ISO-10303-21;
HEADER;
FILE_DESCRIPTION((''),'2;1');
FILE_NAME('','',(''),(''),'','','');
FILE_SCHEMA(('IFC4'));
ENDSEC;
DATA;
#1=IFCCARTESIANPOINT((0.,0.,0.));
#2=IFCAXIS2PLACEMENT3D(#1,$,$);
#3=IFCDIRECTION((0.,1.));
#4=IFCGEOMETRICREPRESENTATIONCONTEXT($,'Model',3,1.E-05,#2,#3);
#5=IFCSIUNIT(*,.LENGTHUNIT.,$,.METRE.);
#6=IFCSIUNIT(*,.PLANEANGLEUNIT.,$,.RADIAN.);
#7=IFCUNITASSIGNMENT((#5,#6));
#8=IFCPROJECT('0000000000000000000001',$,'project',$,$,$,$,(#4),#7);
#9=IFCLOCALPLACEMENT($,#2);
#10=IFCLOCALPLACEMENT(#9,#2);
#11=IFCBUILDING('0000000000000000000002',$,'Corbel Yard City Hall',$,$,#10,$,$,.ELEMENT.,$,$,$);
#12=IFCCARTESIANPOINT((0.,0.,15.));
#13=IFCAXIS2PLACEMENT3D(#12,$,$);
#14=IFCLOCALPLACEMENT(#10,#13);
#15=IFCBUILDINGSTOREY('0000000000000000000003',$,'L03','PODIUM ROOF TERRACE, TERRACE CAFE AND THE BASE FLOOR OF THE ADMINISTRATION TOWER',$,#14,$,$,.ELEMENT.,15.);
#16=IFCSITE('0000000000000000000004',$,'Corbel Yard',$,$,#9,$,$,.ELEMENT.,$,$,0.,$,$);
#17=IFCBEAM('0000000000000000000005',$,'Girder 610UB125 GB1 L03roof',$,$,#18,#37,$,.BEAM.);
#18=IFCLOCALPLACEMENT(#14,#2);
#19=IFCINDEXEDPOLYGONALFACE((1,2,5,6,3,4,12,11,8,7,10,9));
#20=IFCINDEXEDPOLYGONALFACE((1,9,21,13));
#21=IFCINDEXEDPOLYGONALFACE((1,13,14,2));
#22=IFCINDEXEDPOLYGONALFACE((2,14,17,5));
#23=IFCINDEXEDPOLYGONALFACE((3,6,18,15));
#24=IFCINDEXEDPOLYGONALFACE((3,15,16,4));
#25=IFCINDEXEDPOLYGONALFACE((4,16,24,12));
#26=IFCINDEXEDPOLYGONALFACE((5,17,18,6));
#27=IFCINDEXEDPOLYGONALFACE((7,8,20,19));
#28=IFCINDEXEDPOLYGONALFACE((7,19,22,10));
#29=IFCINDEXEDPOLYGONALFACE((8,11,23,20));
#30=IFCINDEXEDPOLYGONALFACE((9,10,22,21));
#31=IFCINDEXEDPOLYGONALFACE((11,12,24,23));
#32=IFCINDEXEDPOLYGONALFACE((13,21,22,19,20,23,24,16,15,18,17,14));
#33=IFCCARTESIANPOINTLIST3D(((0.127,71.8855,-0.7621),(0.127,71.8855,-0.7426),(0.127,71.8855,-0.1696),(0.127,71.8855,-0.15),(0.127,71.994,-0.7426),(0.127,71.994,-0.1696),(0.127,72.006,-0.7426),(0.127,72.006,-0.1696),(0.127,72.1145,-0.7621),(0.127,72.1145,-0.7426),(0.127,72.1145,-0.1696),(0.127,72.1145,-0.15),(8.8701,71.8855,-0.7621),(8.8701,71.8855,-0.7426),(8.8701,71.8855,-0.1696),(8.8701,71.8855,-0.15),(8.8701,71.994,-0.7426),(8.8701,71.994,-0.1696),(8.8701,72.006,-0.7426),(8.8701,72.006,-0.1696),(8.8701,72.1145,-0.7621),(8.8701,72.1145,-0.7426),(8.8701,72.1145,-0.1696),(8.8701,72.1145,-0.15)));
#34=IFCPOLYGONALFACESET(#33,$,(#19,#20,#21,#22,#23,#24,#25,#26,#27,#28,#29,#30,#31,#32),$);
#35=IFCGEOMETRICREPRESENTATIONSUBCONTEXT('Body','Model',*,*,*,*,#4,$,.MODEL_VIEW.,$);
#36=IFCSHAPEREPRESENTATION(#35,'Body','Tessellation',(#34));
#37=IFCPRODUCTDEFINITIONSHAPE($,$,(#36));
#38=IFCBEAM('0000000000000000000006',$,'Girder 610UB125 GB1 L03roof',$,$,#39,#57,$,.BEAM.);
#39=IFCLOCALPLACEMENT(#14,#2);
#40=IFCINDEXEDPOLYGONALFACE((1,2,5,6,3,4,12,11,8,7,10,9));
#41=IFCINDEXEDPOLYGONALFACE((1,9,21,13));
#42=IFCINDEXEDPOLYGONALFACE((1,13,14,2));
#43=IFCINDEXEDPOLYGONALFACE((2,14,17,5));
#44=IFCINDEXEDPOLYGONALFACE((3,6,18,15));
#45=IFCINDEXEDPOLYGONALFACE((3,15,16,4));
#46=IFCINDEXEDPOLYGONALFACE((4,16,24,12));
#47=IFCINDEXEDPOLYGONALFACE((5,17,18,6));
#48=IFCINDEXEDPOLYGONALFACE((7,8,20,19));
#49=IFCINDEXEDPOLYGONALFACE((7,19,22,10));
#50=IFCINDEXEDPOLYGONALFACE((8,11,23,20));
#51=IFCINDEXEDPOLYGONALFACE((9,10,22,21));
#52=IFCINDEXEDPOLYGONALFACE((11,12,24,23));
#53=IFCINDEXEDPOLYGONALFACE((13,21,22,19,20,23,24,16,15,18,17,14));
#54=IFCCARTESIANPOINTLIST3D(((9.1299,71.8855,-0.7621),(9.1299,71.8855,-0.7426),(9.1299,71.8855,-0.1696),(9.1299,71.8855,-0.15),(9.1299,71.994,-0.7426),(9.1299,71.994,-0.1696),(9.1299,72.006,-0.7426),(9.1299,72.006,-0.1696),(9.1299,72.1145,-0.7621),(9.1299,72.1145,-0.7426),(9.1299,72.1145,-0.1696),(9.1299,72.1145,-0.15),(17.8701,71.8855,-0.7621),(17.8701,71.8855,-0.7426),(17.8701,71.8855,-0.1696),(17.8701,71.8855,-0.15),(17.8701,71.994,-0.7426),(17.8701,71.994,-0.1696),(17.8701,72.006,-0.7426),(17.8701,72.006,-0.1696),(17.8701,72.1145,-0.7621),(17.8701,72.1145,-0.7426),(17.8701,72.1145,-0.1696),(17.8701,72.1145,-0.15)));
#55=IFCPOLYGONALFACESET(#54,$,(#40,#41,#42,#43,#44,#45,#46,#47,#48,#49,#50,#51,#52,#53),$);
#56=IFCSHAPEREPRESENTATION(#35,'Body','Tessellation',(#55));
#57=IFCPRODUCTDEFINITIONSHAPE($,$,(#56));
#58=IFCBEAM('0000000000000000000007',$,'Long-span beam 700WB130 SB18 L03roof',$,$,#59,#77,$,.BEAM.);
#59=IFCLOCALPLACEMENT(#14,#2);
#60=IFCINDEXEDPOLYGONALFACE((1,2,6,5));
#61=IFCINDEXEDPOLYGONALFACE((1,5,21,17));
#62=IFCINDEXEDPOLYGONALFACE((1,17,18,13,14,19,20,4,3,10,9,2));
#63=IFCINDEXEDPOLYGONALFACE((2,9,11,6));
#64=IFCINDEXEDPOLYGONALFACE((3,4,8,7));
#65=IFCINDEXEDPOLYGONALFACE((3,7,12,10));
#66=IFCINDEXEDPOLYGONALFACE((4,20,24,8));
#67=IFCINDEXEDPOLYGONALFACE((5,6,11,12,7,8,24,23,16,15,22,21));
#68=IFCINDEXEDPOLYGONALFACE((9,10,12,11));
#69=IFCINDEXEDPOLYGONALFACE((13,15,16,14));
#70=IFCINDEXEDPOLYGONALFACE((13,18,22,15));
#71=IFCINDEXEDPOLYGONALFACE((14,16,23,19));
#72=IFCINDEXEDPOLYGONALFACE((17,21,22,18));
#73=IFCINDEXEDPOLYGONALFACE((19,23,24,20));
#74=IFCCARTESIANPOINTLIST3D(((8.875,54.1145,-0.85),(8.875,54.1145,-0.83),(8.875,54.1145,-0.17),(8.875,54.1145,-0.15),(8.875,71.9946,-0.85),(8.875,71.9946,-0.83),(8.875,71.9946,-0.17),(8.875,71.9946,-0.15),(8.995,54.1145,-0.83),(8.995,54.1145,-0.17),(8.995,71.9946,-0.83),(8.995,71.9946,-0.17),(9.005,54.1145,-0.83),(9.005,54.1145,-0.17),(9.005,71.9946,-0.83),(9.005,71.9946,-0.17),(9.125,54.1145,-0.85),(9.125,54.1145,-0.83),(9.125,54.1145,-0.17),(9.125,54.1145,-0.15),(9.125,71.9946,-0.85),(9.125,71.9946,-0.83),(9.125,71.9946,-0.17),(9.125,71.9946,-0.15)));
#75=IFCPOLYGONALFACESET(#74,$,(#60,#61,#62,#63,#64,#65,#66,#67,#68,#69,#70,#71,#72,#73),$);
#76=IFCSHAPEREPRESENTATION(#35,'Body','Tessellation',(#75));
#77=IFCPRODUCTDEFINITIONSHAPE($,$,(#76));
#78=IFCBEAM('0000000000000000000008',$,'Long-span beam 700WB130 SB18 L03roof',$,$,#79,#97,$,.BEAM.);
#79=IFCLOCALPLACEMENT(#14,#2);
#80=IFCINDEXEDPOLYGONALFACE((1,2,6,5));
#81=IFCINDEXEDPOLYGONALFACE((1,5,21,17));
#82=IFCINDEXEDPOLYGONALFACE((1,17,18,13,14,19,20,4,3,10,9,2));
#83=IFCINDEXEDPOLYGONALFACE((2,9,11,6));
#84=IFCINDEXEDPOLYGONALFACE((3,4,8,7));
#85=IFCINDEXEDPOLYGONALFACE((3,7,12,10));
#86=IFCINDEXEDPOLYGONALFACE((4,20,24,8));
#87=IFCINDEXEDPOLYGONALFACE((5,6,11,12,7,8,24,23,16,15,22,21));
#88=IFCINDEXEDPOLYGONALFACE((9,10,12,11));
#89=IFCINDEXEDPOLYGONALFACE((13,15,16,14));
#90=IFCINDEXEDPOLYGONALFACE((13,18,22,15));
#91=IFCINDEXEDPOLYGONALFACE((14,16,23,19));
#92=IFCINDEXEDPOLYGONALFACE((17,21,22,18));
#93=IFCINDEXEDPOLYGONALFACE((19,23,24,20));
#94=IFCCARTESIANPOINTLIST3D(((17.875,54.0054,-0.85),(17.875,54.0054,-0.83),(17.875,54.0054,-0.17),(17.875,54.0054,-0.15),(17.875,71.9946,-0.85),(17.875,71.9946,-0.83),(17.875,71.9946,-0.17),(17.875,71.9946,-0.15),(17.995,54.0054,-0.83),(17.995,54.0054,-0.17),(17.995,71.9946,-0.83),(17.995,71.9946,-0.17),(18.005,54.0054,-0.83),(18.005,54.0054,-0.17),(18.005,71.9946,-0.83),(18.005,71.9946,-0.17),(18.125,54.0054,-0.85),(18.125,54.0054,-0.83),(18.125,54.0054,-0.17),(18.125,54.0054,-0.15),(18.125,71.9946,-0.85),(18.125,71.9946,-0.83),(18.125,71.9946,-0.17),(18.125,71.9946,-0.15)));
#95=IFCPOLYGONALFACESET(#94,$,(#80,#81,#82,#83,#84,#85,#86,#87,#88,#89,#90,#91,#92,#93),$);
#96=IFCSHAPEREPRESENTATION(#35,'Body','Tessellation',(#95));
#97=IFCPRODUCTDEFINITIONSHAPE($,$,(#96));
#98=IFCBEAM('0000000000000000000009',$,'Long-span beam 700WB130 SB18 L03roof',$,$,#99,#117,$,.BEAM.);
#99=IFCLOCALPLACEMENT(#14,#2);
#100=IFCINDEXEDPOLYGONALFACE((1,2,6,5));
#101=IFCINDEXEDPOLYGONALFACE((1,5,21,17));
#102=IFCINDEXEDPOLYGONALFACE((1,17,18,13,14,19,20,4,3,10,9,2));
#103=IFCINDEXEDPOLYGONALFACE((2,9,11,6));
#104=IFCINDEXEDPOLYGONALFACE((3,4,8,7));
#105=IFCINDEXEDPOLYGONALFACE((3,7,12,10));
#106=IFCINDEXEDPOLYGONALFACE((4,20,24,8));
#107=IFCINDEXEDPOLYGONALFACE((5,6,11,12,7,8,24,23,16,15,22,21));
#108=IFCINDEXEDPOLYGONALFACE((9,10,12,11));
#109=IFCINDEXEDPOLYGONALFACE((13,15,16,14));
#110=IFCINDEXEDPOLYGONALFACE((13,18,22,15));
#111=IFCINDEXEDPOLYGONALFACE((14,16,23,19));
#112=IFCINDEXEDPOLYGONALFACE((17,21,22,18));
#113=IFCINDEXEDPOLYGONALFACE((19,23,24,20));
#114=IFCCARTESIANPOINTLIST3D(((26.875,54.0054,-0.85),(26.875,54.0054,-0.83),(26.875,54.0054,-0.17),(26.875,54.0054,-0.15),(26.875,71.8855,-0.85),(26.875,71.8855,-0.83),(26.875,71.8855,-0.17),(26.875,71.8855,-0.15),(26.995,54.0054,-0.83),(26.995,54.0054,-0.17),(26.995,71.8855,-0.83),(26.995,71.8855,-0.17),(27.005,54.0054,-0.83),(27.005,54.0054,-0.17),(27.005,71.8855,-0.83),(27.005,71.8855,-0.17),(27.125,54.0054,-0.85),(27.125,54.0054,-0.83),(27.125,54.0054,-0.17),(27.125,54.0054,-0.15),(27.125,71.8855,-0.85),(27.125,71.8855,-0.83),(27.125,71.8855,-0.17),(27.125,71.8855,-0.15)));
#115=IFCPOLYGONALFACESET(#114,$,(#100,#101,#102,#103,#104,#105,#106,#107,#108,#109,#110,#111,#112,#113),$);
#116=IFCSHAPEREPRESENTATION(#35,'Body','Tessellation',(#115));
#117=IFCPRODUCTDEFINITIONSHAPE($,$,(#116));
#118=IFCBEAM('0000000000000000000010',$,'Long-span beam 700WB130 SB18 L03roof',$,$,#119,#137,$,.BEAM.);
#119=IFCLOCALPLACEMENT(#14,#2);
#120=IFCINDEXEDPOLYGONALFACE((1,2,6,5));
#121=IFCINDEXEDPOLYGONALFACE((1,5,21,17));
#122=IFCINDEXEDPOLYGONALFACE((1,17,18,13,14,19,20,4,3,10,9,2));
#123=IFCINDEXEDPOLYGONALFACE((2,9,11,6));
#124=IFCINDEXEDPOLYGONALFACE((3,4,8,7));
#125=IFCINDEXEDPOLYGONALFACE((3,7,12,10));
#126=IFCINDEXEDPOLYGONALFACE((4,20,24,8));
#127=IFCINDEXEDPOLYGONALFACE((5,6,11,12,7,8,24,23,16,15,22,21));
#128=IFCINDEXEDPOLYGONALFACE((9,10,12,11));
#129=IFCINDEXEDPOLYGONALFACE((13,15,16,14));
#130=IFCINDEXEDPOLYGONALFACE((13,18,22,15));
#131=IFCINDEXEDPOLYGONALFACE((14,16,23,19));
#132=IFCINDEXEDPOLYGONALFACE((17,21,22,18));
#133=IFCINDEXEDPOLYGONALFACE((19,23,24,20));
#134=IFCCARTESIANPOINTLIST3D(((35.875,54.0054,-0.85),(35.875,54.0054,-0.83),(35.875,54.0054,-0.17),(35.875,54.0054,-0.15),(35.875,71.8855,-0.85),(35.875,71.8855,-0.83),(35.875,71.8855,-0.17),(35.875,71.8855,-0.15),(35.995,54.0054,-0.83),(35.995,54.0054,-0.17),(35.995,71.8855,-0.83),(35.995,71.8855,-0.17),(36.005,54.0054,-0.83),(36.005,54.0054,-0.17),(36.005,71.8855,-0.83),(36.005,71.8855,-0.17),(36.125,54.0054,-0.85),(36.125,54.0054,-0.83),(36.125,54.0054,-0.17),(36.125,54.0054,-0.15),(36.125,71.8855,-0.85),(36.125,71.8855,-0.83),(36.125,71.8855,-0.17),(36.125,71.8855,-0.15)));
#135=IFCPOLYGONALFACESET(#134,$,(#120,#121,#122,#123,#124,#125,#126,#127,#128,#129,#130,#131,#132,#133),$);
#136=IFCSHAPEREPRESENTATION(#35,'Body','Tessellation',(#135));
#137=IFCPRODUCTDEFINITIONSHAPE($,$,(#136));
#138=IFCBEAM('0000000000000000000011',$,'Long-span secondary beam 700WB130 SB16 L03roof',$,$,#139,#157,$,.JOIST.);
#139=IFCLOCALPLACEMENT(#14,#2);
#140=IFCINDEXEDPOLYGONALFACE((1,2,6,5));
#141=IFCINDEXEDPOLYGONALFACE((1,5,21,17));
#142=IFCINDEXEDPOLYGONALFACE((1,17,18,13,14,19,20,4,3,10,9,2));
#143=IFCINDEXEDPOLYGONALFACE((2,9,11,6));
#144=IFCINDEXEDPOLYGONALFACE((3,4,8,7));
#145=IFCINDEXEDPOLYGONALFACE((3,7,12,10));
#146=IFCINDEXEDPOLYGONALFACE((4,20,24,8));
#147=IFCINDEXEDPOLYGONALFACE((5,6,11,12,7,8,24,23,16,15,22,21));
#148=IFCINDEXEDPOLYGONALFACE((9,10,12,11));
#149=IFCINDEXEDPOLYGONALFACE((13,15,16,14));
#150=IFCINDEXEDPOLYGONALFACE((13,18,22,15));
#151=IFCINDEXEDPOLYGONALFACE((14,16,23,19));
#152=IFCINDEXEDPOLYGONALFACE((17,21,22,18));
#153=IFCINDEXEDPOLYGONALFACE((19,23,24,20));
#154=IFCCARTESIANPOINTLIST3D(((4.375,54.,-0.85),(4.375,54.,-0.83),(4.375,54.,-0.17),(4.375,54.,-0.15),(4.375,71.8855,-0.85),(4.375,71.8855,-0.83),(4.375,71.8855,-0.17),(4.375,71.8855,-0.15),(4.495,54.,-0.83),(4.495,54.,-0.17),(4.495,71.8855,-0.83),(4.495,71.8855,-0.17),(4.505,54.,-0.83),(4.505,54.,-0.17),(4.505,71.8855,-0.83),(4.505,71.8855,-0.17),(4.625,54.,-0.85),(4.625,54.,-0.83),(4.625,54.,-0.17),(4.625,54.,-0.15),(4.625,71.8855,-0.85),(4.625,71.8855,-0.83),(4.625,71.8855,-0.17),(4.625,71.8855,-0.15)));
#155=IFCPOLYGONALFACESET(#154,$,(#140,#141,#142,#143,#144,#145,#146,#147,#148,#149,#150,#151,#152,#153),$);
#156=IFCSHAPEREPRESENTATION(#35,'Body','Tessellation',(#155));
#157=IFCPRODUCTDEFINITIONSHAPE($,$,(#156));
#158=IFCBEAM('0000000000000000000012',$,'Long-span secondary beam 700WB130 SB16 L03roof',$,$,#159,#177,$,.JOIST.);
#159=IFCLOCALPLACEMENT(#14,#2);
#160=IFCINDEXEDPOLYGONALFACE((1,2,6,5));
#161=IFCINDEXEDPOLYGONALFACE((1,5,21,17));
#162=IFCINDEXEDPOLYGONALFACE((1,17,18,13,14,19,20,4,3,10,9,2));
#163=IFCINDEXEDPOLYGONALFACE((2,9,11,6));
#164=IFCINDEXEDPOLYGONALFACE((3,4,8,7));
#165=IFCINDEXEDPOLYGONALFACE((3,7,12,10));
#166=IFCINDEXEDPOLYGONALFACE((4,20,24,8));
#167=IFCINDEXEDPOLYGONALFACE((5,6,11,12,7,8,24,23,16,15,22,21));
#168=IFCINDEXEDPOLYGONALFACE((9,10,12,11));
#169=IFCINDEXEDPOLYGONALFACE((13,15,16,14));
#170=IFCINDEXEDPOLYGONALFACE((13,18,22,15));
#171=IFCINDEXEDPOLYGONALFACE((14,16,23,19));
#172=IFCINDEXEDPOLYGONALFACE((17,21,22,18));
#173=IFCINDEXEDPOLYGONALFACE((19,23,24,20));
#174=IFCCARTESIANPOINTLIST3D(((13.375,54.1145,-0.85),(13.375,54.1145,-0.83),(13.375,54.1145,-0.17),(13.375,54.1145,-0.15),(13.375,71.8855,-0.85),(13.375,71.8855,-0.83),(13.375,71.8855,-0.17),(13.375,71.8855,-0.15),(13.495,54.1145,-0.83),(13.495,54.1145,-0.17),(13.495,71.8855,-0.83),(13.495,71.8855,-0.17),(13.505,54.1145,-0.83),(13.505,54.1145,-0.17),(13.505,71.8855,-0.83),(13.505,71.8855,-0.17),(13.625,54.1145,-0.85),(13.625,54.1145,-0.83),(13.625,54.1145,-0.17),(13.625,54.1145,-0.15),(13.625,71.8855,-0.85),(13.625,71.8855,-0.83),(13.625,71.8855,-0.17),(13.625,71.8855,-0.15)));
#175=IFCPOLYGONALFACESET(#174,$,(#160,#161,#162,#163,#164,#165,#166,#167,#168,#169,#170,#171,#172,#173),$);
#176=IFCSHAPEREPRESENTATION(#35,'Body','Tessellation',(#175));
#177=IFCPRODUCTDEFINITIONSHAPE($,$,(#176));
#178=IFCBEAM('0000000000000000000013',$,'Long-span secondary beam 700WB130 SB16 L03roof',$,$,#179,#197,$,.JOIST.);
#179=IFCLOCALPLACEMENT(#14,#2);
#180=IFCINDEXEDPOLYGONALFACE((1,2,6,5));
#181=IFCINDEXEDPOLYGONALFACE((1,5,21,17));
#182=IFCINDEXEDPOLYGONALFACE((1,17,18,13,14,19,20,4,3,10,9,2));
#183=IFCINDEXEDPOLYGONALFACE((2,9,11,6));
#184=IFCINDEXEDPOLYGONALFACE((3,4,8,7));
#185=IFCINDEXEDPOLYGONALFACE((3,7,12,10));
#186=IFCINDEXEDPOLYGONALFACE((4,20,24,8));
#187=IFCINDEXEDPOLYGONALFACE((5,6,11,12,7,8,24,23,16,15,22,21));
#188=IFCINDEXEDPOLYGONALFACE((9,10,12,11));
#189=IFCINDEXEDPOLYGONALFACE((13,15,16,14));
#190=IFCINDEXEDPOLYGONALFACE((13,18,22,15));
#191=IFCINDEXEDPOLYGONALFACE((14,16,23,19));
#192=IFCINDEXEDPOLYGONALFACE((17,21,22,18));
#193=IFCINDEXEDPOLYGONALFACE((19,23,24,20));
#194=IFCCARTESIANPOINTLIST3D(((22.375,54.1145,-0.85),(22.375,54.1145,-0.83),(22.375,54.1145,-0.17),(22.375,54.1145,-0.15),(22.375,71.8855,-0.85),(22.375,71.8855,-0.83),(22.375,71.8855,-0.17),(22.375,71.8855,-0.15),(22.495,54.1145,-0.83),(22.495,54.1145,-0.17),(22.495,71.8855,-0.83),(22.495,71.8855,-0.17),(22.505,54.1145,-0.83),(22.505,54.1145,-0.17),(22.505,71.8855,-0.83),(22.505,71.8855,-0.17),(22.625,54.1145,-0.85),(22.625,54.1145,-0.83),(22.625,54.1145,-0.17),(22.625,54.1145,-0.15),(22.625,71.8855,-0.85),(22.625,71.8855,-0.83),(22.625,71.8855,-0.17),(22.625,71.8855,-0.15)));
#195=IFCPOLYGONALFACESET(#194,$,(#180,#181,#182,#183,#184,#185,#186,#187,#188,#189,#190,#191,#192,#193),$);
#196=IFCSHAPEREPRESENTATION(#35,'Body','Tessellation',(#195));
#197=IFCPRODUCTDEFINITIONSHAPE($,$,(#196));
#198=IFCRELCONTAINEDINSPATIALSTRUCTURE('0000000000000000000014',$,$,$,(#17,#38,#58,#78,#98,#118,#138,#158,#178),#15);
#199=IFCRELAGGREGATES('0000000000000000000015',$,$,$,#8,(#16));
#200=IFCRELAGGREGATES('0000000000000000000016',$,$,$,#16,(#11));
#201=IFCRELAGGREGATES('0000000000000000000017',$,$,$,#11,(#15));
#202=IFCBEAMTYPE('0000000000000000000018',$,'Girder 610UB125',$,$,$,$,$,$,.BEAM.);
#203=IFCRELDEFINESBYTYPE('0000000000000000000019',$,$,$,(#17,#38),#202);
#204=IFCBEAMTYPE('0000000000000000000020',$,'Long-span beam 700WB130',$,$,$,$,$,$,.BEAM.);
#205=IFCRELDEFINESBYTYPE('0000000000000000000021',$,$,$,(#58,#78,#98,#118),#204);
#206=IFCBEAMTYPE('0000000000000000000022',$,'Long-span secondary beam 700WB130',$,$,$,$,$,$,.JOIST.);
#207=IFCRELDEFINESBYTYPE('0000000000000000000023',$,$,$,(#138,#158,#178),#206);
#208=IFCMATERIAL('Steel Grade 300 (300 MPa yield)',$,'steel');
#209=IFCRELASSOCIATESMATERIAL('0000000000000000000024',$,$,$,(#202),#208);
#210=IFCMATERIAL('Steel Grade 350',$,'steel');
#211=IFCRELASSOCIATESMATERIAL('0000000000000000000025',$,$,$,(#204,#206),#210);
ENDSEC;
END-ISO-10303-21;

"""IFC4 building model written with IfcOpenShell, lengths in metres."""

from ifc_helpers import new_model, si_unit, direction, frame, origin, origin_2d, place, context, subcontext, project, spatial, i_section, extrude, material, material_profile, profile_set, type_object, element, save


model = new_model("IFC4")

# Units and contexts
model_context = context("Model", 3, precision=1e-05, world=origin(), true_north=direction((0.0, 1.0)))
body_context = subcontext(model_context, "Body", "Model", "MODEL_VIEW")
ifc_project = project(units=[si_unit("LENGTHUNIT", "METRE"), si_unit("PLANEANGLEUNIT", "RADIAN")], contexts=[model_context])

# Site, building, storey
site_placement = place(None, origin())
site = spatial("IfcSite", under=ifc_project, at=site_placement, Name="Corbel Yard", CompositionType="ELEMENT", RefElevation=0.0)
building_placement = place(site_placement, origin())
building = spatial("IfcBuilding", under=site, at=building_placement, Name="Corbel Yard City Hall", CompositionType="ELEMENT")
storey_placement = place(building_placement, frame((0.0, 0.0, 15.0)))
storey = spatial("IfcBuildingStorey", under=building, at=storey_placement, Name="L03", Description="PODIUM ROOF TERRACE, TERRACE CAFE AND THE BASE FLOOR OF THE ADMINISTRATION TOWER", CompositionType="ELEMENT", Elevation=15.0)

# Beams
ifc_material_1 = material(Name="Steel Grade 300 (300 MPa yield)", Category="steel")
ifc_material_profile_1 = material_profile(ifc_material_1, i_section(OverallWidth=0.229, OverallDepth=0.6121, WebThickness=0.012, FlangeThickness=0.0195, at=origin_2d()), Name="610UB125")
ifc_profile_set_1 = profile_set([ifc_material_profile_1], Name="Steel Grade 300 (300 MPa yield)")
beam_type_1 = type_object("IfcBeamType", Name="Girder 610UB125", PredefinedType="BEAM", material=ifc_profile_set_1)
beam_1_placement = place(storey_placement, frame((0.127, 72.0, -0.4561), z_axis=(1.0, 0.0, 0.0), x_axis=(0.0, 1.0, 0.0)))
element("IfcBeam", 1, at=beam_1_placement, inside=storey, type_object=beam_type_1, Name="Girder 610UB125 GB1 L03roof", PredefinedType="BEAM", context=body_context, shape_type="SweptSolid", body=[
    extrude(i_section(OverallWidth=0.229, OverallDepth=0.6121, WebThickness=0.012, FlangeThickness=0.0195, at=origin_2d()), origin(), (0.0, 0.0, 1.0), 8.7432),
])
beam_2_placement = place(storey_placement, frame((9.1299, 72.0, -0.4561), z_axis=(1.0, 0.0, 0.0), x_axis=(0.0, 1.0, 0.0)))
element("IfcBeam", 2, at=beam_2_placement, inside=storey, type_object=beam_type_1, Name="Girder 610UB125 GB1 L03roof", PredefinedType="BEAM", context=body_context, shape_type="SweptSolid", body=[
    extrude(i_section(OverallWidth=0.229, OverallDepth=0.6121, WebThickness=0.012, FlangeThickness=0.0195, at=origin_2d()), origin(), (0.0, 0.0, 1.0), 8.7402),
])
ifc_material_2 = material(Name="Steel Grade 350", Category="steel")
ifc_material_profile_2 = material_profile(ifc_material_2, i_section(OverallWidth=0.25, OverallDepth=0.7, WebThickness=0.01, FlangeThickness=0.02, at=origin_2d()), Name="700WB130")
ifc_profile_set_2 = profile_set([ifc_material_profile_2], Name="Steel Grade 350")
beam_type_2 = type_object("IfcBeamType", Name="Long-span beam 700WB130", PredefinedType="BEAM", material=ifc_profile_set_2)
beam_3_placement = place(storey_placement, frame((9.0, 54.1145, -0.5), z_axis=(0.0, 1.0, 0.0), x_axis=(-1.0, 0.0, 0.0)))
element("IfcBeam", 3, at=beam_3_placement, inside=storey, type_object=beam_type_2, Name="Long-span beam 700WB130 SB18 L03roof", PredefinedType="BEAM", context=body_context, shape_type="SweptSolid", body=[
    extrude(i_section(OverallWidth=0.25, OverallDepth=0.7, WebThickness=0.01, FlangeThickness=0.02, at=origin_2d()), origin(), (0.0, 0.0, 1.0), 17.8801),
])
beam_4_placement = place(storey_placement, frame((18.0, 54.0054, -0.5), z_axis=(0.0, 1.0, 0.0), x_axis=(-1.0, 0.0, 0.0)))
element("IfcBeam", 4, at=beam_4_placement, inside=storey, type_object=beam_type_2, Name="Long-span beam 700WB130 SB18 L03roof", PredefinedType="BEAM", context=body_context, shape_type="SweptSolid", body=[
    extrude(i_section(OverallWidth=0.25, OverallDepth=0.7, WebThickness=0.01, FlangeThickness=0.02, at=origin_2d()), origin(), (0.0, 0.0, 1.0), 17.9893),
])
for number, where, z_axis, x_axis, name in (
    (5, (27.0, 54.0054, -0.5), (0.0, 1.0, 0.0), (-1.0, 0.0, 0.0), "Long-span beam 700WB130 SB18 L03roof"),
    (6, (36.0, 54.0054, -0.5), (0.0, 1.0, 0.0), (-1.0, 0.0, 0.0), "Long-span beam 700WB130 SB18 L03roof"),
):
    element("IfcBeam", number, at=place(storey_placement, frame(where, z_axis=z_axis, x_axis=x_axis)), inside=storey, type_object=beam_type_2, Name=name, PredefinedType="BEAM", context=body_context, shape_type="SweptSolid", body=[
        extrude(i_section(OverallWidth=0.25, OverallDepth=0.7, WebThickness=0.01, FlangeThickness=0.02, at=origin_2d()), origin(), (0.0, 0.0, 1.0), 17.8801),
    ])
ifc_material_profile_3 = material_profile(ifc_material_2, i_section(OverallWidth=0.25, OverallDepth=0.7, WebThickness=0.01, FlangeThickness=0.02, at=origin_2d()), Name="700WB130")
ifc_profile_set_3 = profile_set([ifc_material_profile_3], Name="Steel Grade 350")
beam_type_3 = type_object("IfcBeamType", Name="Long-span secondary beam 700WB130", PredefinedType="JOIST", material=ifc_profile_set_3)
beam_5_placement = place(storey_placement, frame((4.5, 54.0, -0.5), z_axis=(0.0, 1.0, 0.0), x_axis=(-1.0, 0.0, 0.0)))
element("IfcBeam", 7, at=beam_5_placement, inside=storey, type_object=beam_type_3, Name="Long-span secondary beam 700WB130 SB16 L03roof", PredefinedType="JOIST", context=body_context, shape_type="SweptSolid", body=[
    extrude(i_section(OverallWidth=0.25, OverallDepth=0.7, WebThickness=0.01, FlangeThickness=0.02, at=origin_2d()), origin(), (0.0, 0.0, 1.0), 17.8855),
])
for number, where, z_axis, x_axis, name in (
    (8, (13.5, 54.1145, -0.5), (0.0, 1.0, 0.0), (-1.0, 0.0, 0.0), "Long-span secondary beam 700WB130 SB16 L03roof"),
    (9, (22.5, 54.1145, -0.5), (0.0, 1.0, 0.0), (-1.0, 0.0, 0.0), "Long-span secondary beam 700WB130 SB16 L03roof"),
):
    element("IfcBeam", number, at=place(storey_placement, frame(where, z_axis=z_axis, x_axis=x_axis)), inside=storey, type_object=beam_type_3, Name=name, PredefinedType="JOIST", context=body_context, shape_type="SweptSolid", body=[
        extrude(i_section(OverallWidth=0.25, OverallDepth=0.7, WebThickness=0.01, FlangeThickness=0.02, at=origin_2d()), origin(), (0.0, 0.0, 1.0), 17.771),
    ])

save(model, "model.ifc")
